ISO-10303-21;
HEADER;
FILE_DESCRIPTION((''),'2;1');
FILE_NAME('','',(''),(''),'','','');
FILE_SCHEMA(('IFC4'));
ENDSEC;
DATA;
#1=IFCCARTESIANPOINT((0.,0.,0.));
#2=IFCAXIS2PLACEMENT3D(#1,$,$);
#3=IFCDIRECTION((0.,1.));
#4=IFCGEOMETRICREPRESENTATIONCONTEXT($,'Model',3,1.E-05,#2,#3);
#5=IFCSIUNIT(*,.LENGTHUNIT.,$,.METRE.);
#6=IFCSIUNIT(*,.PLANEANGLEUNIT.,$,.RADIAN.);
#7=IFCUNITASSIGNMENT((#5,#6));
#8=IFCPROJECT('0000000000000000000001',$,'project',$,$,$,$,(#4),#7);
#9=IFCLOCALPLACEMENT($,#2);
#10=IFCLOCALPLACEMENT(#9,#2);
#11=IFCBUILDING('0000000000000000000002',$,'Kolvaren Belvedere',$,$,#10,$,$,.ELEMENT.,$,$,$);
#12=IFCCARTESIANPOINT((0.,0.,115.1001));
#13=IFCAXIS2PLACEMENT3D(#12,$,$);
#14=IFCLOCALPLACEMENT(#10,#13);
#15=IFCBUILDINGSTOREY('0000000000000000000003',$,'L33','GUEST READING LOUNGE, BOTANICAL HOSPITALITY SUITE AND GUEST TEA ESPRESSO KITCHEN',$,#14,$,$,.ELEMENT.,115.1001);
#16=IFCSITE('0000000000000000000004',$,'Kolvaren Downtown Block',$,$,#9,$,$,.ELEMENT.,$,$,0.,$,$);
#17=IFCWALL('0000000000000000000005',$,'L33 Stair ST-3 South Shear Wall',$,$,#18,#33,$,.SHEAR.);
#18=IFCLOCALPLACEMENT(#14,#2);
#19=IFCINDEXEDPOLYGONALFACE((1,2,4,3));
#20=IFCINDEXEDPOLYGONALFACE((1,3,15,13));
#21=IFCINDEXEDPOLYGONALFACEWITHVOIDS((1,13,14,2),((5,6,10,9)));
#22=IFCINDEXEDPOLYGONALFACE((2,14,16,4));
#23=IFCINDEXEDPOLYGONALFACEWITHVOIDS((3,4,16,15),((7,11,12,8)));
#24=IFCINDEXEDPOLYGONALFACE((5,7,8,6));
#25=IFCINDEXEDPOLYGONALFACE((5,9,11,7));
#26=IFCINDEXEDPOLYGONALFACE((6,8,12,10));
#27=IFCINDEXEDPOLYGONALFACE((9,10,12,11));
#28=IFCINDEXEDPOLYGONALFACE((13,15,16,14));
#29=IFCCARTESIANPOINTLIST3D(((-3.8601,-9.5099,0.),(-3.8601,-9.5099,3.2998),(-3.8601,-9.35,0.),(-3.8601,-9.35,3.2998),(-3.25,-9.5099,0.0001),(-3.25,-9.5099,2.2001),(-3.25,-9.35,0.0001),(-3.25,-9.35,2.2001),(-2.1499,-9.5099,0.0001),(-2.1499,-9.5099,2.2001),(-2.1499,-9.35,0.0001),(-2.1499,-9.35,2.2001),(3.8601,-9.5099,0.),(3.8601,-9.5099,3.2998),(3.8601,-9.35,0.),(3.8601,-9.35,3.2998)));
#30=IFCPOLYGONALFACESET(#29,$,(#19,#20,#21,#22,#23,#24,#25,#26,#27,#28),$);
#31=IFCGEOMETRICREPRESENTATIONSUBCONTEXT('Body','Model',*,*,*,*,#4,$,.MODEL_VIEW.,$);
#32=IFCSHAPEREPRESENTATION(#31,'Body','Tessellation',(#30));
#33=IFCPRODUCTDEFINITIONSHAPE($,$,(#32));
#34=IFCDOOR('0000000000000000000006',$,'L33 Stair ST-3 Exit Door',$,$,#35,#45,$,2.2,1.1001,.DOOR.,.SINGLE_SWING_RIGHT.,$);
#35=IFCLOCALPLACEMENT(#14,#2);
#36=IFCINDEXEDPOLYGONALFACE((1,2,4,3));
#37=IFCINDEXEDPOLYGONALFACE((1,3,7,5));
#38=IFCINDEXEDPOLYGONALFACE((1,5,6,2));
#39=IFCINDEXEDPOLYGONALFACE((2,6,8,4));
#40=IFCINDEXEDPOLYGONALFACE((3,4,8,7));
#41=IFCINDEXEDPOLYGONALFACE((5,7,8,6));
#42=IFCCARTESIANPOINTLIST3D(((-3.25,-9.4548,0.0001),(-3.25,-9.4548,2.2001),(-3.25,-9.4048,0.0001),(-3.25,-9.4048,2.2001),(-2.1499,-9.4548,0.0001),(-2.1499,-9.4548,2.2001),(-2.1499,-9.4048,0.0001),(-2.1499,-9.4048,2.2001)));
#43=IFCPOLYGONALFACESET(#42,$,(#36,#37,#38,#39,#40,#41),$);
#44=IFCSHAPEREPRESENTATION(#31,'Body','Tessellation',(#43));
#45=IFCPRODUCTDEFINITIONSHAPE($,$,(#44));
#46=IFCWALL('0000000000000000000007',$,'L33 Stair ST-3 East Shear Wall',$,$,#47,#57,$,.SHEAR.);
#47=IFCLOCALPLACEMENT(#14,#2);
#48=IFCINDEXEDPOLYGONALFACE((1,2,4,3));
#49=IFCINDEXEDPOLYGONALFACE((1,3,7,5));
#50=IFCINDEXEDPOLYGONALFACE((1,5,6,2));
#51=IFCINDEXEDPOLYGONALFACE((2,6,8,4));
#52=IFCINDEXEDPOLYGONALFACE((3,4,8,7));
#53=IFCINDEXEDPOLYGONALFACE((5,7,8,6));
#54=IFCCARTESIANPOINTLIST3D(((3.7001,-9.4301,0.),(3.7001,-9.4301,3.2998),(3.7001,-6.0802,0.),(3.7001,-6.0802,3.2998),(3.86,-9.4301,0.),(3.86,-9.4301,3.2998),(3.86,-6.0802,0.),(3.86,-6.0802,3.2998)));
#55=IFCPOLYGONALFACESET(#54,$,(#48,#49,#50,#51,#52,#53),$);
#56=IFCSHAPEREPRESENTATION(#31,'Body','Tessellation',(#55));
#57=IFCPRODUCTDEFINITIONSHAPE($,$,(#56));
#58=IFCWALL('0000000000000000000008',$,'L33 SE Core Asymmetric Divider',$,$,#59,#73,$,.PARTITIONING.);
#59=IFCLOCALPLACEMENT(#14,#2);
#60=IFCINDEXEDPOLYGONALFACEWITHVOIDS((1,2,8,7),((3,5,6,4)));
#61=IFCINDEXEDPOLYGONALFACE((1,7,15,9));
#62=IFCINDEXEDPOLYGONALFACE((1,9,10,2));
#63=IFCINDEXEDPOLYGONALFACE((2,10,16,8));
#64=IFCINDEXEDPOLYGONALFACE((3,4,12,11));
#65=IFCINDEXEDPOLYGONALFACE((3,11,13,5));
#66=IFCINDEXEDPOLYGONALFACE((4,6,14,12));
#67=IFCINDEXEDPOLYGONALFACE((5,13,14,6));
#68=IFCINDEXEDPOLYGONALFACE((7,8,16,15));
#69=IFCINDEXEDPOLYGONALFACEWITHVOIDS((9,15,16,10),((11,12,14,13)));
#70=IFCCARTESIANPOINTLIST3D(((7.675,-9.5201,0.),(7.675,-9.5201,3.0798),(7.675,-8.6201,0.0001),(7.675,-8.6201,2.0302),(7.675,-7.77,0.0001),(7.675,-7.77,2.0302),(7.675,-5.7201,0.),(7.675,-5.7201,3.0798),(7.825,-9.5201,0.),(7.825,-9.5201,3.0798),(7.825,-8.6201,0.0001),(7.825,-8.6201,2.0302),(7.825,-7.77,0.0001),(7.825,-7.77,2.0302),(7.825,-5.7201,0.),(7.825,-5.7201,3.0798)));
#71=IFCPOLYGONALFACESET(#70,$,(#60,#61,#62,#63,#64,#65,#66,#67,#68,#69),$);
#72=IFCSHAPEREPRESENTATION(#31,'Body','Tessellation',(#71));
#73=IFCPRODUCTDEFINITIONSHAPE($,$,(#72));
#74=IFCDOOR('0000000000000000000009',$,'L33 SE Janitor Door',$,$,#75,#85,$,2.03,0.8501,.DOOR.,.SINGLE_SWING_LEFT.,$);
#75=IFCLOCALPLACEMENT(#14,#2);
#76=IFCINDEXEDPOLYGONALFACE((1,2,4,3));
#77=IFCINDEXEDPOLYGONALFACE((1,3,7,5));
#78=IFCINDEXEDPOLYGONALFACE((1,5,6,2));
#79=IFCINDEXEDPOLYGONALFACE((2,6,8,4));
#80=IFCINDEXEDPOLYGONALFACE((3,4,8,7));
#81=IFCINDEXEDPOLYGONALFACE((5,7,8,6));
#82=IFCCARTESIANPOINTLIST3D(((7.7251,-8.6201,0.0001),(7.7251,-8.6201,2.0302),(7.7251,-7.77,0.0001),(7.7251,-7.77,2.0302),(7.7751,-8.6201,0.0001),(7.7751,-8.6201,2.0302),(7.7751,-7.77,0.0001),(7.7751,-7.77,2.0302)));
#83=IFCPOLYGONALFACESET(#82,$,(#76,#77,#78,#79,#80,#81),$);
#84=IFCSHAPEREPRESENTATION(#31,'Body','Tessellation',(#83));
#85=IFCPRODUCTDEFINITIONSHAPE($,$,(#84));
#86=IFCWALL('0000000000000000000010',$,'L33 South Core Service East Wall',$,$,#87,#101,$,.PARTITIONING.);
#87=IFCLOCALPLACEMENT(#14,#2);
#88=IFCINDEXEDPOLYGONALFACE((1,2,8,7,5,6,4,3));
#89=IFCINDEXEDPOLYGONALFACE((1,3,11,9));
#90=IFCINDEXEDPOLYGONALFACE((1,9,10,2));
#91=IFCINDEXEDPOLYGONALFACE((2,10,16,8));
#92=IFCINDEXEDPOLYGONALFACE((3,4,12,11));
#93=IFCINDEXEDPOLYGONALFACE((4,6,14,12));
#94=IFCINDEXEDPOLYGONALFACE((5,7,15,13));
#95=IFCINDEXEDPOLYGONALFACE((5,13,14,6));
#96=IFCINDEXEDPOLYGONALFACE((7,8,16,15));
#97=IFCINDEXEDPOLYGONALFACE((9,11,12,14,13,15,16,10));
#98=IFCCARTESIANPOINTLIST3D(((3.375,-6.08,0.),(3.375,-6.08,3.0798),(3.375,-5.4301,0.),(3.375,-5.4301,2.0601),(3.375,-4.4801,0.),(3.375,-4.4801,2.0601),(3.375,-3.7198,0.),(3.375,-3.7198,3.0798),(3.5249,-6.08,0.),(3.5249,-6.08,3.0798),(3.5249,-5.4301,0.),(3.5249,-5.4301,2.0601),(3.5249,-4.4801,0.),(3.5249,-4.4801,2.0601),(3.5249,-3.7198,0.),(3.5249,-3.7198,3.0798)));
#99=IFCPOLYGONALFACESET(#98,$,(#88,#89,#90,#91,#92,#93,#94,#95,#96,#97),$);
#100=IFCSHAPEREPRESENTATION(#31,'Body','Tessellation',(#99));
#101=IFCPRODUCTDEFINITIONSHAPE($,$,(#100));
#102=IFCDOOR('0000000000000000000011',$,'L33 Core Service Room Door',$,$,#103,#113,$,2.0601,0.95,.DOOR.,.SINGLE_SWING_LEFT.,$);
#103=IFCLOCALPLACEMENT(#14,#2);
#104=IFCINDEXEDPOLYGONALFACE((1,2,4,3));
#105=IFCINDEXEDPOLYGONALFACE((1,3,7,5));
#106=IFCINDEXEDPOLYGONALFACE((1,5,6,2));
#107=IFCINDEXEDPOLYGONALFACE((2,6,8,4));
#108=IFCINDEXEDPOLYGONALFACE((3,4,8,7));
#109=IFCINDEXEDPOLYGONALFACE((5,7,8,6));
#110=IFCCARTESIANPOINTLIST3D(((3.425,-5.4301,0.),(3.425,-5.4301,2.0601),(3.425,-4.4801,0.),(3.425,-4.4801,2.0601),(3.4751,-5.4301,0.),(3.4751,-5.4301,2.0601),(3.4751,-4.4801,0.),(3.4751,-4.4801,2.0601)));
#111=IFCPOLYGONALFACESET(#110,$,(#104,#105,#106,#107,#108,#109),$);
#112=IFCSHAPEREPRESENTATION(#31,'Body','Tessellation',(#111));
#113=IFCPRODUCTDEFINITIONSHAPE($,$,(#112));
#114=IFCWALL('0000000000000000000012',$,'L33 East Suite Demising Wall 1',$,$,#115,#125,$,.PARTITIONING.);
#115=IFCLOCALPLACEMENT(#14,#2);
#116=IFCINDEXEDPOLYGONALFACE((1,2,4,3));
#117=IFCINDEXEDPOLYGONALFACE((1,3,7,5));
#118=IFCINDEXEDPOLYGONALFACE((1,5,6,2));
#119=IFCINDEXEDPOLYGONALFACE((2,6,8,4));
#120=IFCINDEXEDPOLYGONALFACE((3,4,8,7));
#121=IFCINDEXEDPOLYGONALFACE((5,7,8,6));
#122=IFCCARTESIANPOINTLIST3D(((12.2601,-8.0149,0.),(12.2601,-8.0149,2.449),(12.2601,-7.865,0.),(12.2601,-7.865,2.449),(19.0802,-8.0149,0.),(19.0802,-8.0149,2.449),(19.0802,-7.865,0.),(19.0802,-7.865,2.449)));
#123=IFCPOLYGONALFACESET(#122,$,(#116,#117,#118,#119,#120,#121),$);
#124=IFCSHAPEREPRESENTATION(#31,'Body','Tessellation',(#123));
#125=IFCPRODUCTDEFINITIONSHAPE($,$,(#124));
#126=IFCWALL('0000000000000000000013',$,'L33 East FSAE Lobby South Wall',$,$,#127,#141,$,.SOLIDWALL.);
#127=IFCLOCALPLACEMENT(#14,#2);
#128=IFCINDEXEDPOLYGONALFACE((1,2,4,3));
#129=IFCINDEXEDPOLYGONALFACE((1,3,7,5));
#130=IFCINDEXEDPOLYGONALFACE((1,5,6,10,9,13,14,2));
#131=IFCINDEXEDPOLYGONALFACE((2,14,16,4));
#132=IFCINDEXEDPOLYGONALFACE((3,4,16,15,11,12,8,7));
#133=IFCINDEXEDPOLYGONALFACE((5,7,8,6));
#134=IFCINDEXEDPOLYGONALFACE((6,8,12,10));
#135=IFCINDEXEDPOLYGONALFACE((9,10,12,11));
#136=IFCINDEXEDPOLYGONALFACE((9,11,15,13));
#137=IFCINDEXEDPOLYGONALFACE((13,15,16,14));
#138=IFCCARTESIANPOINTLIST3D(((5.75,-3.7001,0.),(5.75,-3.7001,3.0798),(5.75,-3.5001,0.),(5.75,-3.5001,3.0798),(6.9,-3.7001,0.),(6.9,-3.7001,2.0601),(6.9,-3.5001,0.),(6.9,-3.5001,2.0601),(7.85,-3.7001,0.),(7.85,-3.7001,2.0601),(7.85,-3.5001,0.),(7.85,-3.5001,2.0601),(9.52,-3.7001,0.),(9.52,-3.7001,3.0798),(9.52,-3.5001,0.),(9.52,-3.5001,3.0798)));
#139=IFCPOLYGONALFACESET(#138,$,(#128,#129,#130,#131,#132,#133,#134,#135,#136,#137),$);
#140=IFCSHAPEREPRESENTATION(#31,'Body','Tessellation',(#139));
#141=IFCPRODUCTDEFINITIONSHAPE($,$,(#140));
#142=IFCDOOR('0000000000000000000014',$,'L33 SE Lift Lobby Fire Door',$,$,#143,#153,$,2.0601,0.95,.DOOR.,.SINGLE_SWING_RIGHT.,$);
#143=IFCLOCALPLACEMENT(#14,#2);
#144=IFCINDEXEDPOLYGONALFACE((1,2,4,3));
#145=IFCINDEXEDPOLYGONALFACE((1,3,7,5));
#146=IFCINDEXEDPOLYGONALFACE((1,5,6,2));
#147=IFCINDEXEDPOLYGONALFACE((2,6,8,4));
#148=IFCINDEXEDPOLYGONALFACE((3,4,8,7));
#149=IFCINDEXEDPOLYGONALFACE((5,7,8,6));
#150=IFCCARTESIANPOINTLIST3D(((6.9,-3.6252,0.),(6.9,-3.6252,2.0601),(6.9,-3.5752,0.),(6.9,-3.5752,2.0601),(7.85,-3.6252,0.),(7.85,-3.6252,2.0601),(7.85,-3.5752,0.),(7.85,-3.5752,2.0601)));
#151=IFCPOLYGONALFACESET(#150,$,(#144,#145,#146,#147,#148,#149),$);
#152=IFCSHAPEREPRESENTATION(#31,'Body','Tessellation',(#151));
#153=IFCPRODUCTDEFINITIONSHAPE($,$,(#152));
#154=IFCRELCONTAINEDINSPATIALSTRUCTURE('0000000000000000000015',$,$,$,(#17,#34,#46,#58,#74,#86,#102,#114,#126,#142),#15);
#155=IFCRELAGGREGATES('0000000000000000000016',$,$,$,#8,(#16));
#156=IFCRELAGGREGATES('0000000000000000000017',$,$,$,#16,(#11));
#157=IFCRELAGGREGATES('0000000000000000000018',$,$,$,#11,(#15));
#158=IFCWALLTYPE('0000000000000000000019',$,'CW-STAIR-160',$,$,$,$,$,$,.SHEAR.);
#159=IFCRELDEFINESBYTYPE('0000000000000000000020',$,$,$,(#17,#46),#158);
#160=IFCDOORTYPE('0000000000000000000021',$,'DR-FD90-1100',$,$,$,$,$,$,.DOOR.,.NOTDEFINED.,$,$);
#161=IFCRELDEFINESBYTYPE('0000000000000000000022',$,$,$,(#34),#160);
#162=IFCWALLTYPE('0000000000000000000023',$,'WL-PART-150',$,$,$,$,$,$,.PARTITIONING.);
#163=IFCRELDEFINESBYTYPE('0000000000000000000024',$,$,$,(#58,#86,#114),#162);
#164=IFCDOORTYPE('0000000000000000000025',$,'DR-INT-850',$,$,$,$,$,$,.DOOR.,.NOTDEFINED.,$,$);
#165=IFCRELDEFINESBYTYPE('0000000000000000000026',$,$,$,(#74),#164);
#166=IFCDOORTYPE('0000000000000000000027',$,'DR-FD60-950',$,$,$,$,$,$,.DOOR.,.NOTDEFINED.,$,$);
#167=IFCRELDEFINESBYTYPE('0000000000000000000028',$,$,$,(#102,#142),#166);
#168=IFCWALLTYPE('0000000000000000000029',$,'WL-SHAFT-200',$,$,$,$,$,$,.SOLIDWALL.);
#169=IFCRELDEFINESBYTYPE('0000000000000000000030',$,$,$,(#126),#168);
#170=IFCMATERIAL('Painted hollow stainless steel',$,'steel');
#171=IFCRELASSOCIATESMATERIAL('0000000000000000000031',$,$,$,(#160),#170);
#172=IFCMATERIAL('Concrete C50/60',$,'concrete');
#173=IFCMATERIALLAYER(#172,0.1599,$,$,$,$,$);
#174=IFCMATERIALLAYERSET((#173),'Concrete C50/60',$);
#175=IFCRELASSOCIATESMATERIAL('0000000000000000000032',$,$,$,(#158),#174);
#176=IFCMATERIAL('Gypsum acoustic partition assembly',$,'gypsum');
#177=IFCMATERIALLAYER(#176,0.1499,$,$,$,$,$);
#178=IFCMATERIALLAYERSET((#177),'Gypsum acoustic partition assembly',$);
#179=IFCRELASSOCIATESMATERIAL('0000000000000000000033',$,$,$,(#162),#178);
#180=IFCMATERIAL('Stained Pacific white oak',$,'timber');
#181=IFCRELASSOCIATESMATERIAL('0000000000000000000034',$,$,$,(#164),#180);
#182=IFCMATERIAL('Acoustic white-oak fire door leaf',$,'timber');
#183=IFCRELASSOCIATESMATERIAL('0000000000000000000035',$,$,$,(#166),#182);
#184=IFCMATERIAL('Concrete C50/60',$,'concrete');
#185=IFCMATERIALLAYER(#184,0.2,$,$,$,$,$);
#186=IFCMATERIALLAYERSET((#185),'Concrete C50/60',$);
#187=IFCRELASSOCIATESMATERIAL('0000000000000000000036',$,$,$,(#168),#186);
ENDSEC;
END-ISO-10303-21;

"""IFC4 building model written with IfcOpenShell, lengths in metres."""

from ifc_helpers import new_model, si_unit, direction, frame, frame_2d, origin, place, context, subcontext, project, spatial, rectangle, extrude, material, layer, layer_set, type_object, element, fill, save


model = new_model("IFC4")

# Units and contexts
model_context = context("Model", 3, precision=1e-05, world=origin(), true_north=direction((0.0, 1.0)))
body_context = subcontext(model_context, "Body", "Model", "MODEL_VIEW")
ifc_project = project(units=[si_unit("LENGTHUNIT", "METRE"), si_unit("PLANEANGLEUNIT", "RADIAN")], contexts=[model_context])

# Site, building, storey
site_placement = place(None, origin())
site = spatial("IfcSite", under=ifc_project, at=site_placement, Name="Kolvaren Downtown Block", CompositionType="ELEMENT", RefElevation=0.0)
building_placement = place(site_placement, origin())
building = spatial("IfcBuilding", under=site, at=building_placement, Name="Kolvaren Belvedere", CompositionType="ELEMENT")
storey_placement = place(building_placement, frame((0.0, 0.0, 115.1001)))
storey = spatial("IfcBuildingStorey", under=building, at=storey_placement, Name="L33", Description="GUEST READING LOUNGE, BOTANICAL HOSPITALITY SUITE AND GUEST TEA ESPRESSO KITCHEN", CompositionType="ELEMENT", Elevation=115.1001)

# Wall, opening, door
ifc_material_1 = material(Name="Painted hollow stainless steel", Category="steel")
door_type_1 = type_object("IfcDoorType", Name="DR-FD90-1100", OperationType="NOTDEFINED", PredefinedType="DOOR", material=ifc_material_1)
ifc_material_2 = material(Name="Concrete C50/60", Category="concrete")
ifc_layer_1 = layer(ifc_material_2, 0.1599)
ifc_layer_set_1 = layer_set([ifc_layer_1], Name="Concrete C50/60")
wall_type_1 = type_object("IfcWallType", Name="CW-STAIR-160", PredefinedType="SHEAR", material=ifc_layer_set_1)
wall_1_placement = place(storey_placement, frame((3.8601, -9.4299, 0.0), z_axis=(0.0, 0.0, 1.0), x_axis=(-1.0, 0.0, 0.0)))
wall_1 = element("IfcWall", 1, at=wall_1_placement, inside=storey, type_object=wall_type_1, Name="L33 Stair ST-3 South Shear Wall", PredefinedType="SHEAR", context=body_context, shape_type="SweptSolid", body=[
    extrude(rectangle(XDim=7.7202, YDim=0.1599, at=frame_2d((3.8601, 0.0))), origin(), (0.0, 0.0, 1.0), 3.2998),
])
opening_1_placement = place(wall_1_placement, frame((6.01, 0.0, 0.0)))
opening_1 = element("IfcOpeningElement", 2, at=opening_1_placement, cuts=wall_1, PredefinedType="OPENING", context=body_context, shape_type="SweptSolid", body=[
    extrude(rectangle(XDim=1.1001, YDim=2.2, at=frame_2d((0.55, 1.1001))), frame((0.0, 0.0898, 0.0), z_axis=(0.0, -1.0, 0.0), x_axis=(1.0, 0.0, 0.0)), (0.0, 0.0, 1.0), 0.1799),
])
door_1_placement = place(opening_1_placement, origin())
door_1 = element("IfcDoor", 3, at=door_1_placement, inside=storey, type_object=door_type_1, Name="L33 Stair ST-3 Exit Door", OperationType="SINGLE_SWING_RIGHT", OverallHeight=2.2, OverallWidth=1.1001, PredefinedType="DOOR", context=body_context, shape_type="SweptSolid", body=[
    extrude(rectangle(XDim=1.1001, YDim=2.2, at=frame_2d((0.55, 1.1001))), frame((0.0, 0.0249, 0.0), z_axis=(0.0, -1.0, 0.0), x_axis=(1.0, 0.0, 0.0)), (0.0, 0.0, 1.0), 0.05),
])
fill(opening_1, door_1)

# Wall
wall_2_placement = place(storey_placement, frame((3.78, -9.4299, 0.0), z_axis=(0.0, 0.0, 1.0), x_axis=(0.0, 1.0, 0.0)))
element("IfcWall", 4, at=wall_2_placement, inside=storey, type_object=wall_type_1, Name="L33 Stair ST-3 East Shear Wall", PredefinedType="SHEAR", context=body_context, shape_type="SweptSolid", body=[
    extrude(rectangle(XDim=3.3499, YDim=0.1599, at=frame_2d((1.6748, 0.0))), origin(), (0.0, 0.0, 1.0), 3.2998),
])

# Walls, openings, doors
ifc_material_3 = material(Name="Gypsum acoustic partition assembly", Category="gypsum")
ifc_layer_2 = layer(ifc_material_3, 0.1499)
ifc_layer_set_2 = layer_set([ifc_layer_2], Name="Gypsum acoustic partition assembly")
wall_type_2 = type_object("IfcWallType", Name="WL-PART-150", PredefinedType="PARTITIONING", material=ifc_layer_set_2)
wall_3_placement = place(storey_placement, frame((7.75, -9.52, 0.0), z_axis=(0.0, 0.0, 1.0), x_axis=(0.0, 1.0, 0.0)))
wall_3 = element("IfcWall", 5, at=wall_3_placement, inside=storey, type_object=wall_type_2, Name="L33 SE Core Asymmetric Divider", PredefinedType="PARTITIONING", context=body_context, shape_type="SweptSolid", body=[
    extrude(rectangle(XDim=3.8, YDim=0.1499, at=frame_2d((1.8999, 0.0))), origin(), (0.0, 0.0, 1.0), 3.0798),
])
opening_2_placement = place(wall_3_placement, frame((0.8999, 0.0, 0.0)))
opening_2 = element("IfcOpeningElement", 6, at=opening_2_placement, cuts=wall_3, PredefinedType="OPENING", context=body_context, shape_type="SweptSolid", body=[
    extrude(rectangle(XDim=0.8501, YDim=2.03, at=frame_2d((0.425, 1.0151))), frame((0.0, 0.085, 0.0), z_axis=(0.0, -1.0, 0.0), x_axis=(1.0, 0.0, 0.0)), (0.0, 0.0, 1.0), 0.1699),
])
ifc_material_4 = material(Name="Stained Pacific white oak", Category="timber")
door_type_2 = type_object("IfcDoorType", Name="DR-INT-850", OperationType="NOTDEFINED", PredefinedType="DOOR", material=ifc_material_4)
door_2_placement = place(opening_2_placement, origin())
door_2 = element("IfcDoor", 7, at=door_2_placement, inside=storey, type_object=door_type_2, Name="L33 SE Janitor Door", OperationType="SINGLE_SWING_LEFT", OverallHeight=2.03, OverallWidth=0.8501, PredefinedType="DOOR", context=body_context, shape_type="SweptSolid", body=[
    extrude(rectangle(XDim=0.8501, YDim=2.03, at=frame_2d((0.425, 1.0151))), frame((0.0, 0.0249, 0.0), z_axis=(0.0, -1.0, 0.0), x_axis=(1.0, 0.0, 0.0)), (0.0, 0.0, 1.0), 0.05),
])
fill(opening_2, door_2)
wall_4_placement = place(storey_placement, frame((3.45, -6.0801, 0.0), z_axis=(0.0, 0.0, 1.0), x_axis=(0.0, 1.0, 0.0)))
wall_4 = element("IfcWall", 8, at=wall_4_placement, inside=storey, type_object=wall_type_2, Name="L33 South Core Service East Wall", PredefinedType="PARTITIONING", context=body_context, shape_type="SweptSolid", body=[
    extrude(rectangle(XDim=2.3601, YDim=0.1499, at=frame_2d((1.1802, 0.0))), origin(), (0.0, 0.0, 1.0), 3.0798),
])
opening_3_placement = place(wall_4_placement, frame((0.6499, 0.0, 0.0)))
opening_3 = element("IfcOpeningElement", 9, at=opening_3_placement, cuts=wall_4, PredefinedType="OPENING", context=body_context, shape_type="SweptSolid", body=[
    extrude(rectangle(XDim=0.95, YDim=2.0601, at=frame_2d((0.4751, 1.03))), frame((0.0, 0.085, 0.0), z_axis=(0.0, -1.0, 0.0), x_axis=(1.0, 0.0, 0.0)), (0.0, 0.0, 1.0), 0.1699),
])
ifc_material_5 = material(Name="Acoustic white-oak fire door leaf", Category="timber")
door_type_3 = type_object("IfcDoorType", Name="DR-FD60-950", OperationType="NOTDEFINED", PredefinedType="DOOR", material=ifc_material_5)
door_3_placement = place(opening_3_placement, origin())
door_3 = element("IfcDoor", 10, at=door_3_placement, inside=storey, type_object=door_type_3, Name="L33 Core Service Room Door", OperationType="SINGLE_SWING_LEFT", OverallHeight=2.0601, OverallWidth=0.95, PredefinedType="DOOR", context=body_context, shape_type="SweptSolid", body=[
    extrude(rectangle(XDim=0.95, YDim=2.0601, at=frame_2d((0.4751, 1.03))), frame((0.0, 0.0249, 0.0), z_axis=(0.0, -1.0, 0.0), x_axis=(1.0, 0.0, 0.0)), (0.0, 0.0, 1.0), 0.05),
])
fill(opening_3, door_3)

# Wall
wall_5_placement = place(storey_placement, frame((12.26, -7.9399, 0.0), z_axis=(0.0, 0.0, 1.0), x_axis=(1.0, 0.0, 0.0)))
element("IfcWall", 11, at=wall_5_placement, inside=storey, type_object=wall_type_2, Name="L33 East Suite Demising Wall 1", PredefinedType="PARTITIONING", context=body_context, shape_type="SweptSolid", body=[
    extrude(rectangle(XDim=6.8201, YDim=0.1499, at=frame_2d((3.4102, 0.0))), origin(), (0.0, 0.0, 1.0), 2.449),
])

# Wall, opening, door
ifc_material_6 = material(Name="Concrete C50/60", Category="concrete")
ifc_layer_3 = layer(ifc_material_6, 0.2)
ifc_layer_set_3 = layer_set([ifc_layer_3], Name="Concrete C50/60")
wall_type_3 = type_object("IfcWallType", Name="WL-SHAFT-200", PredefinedType="SOLIDWALL", material=ifc_layer_set_3)
wall_6_placement = place(storey_placement, frame((5.75, -3.6001, 0.0), z_axis=(0.0, 0.0, 1.0), x_axis=(1.0, 0.0, 0.0)))
wall_6 = element("IfcWall", 12, at=wall_6_placement, inside=storey, type_object=wall_type_3, Name="L33 East FSAE Lobby South Wall", PredefinedType="SOLIDWALL", context=body_context, shape_type="SweptSolid", body=[
    extrude(rectangle(XDim=3.77, YDim=0.2, at=frame_2d((1.885, 0.0))), origin(), (0.0, 0.0, 1.0), 3.0798),
])
opening_4_placement = place(wall_6_placement, frame((1.1499, 0.0, 0.0)))
opening_4 = element("IfcOpeningElement", 13, at=opening_4_placement, cuts=wall_6, PredefinedType="OPENING", context=body_context, shape_type="SweptSolid", body=[
    extrude(rectangle(XDim=0.95, YDim=2.0601, at=frame_2d((0.4751, 1.03))), frame((0.0, 0.1099, 0.0), z_axis=(0.0, -1.0, 0.0), x_axis=(1.0, 0.0, 0.0)), (0.0, 0.0, 1.0), 0.22),
])
door_4_placement = place(opening_4_placement, origin())
door_4 = element("IfcDoor", 14, at=door_4_placement, inside=storey, type_object=door_type_3, Name="L33 SE Lift Lobby Fire Door", OperationType="SINGLE_SWING_RIGHT", OverallHeight=2.0601, OverallWidth=0.95, PredefinedType="DOOR", context=body_context, shape_type="SweptSolid", body=[
    extrude(rectangle(XDim=0.95, YDim=2.0601, at=frame_2d((0.4751, 1.03))), frame((0.0, 0.0249, 0.0), z_axis=(0.0, -1.0, 0.0), x_axis=(1.0, 0.0, 0.0)), (0.0, 0.0, 1.0), 0.05),
])
fill(opening_4, door_4)

save(model, "model.ifc")
